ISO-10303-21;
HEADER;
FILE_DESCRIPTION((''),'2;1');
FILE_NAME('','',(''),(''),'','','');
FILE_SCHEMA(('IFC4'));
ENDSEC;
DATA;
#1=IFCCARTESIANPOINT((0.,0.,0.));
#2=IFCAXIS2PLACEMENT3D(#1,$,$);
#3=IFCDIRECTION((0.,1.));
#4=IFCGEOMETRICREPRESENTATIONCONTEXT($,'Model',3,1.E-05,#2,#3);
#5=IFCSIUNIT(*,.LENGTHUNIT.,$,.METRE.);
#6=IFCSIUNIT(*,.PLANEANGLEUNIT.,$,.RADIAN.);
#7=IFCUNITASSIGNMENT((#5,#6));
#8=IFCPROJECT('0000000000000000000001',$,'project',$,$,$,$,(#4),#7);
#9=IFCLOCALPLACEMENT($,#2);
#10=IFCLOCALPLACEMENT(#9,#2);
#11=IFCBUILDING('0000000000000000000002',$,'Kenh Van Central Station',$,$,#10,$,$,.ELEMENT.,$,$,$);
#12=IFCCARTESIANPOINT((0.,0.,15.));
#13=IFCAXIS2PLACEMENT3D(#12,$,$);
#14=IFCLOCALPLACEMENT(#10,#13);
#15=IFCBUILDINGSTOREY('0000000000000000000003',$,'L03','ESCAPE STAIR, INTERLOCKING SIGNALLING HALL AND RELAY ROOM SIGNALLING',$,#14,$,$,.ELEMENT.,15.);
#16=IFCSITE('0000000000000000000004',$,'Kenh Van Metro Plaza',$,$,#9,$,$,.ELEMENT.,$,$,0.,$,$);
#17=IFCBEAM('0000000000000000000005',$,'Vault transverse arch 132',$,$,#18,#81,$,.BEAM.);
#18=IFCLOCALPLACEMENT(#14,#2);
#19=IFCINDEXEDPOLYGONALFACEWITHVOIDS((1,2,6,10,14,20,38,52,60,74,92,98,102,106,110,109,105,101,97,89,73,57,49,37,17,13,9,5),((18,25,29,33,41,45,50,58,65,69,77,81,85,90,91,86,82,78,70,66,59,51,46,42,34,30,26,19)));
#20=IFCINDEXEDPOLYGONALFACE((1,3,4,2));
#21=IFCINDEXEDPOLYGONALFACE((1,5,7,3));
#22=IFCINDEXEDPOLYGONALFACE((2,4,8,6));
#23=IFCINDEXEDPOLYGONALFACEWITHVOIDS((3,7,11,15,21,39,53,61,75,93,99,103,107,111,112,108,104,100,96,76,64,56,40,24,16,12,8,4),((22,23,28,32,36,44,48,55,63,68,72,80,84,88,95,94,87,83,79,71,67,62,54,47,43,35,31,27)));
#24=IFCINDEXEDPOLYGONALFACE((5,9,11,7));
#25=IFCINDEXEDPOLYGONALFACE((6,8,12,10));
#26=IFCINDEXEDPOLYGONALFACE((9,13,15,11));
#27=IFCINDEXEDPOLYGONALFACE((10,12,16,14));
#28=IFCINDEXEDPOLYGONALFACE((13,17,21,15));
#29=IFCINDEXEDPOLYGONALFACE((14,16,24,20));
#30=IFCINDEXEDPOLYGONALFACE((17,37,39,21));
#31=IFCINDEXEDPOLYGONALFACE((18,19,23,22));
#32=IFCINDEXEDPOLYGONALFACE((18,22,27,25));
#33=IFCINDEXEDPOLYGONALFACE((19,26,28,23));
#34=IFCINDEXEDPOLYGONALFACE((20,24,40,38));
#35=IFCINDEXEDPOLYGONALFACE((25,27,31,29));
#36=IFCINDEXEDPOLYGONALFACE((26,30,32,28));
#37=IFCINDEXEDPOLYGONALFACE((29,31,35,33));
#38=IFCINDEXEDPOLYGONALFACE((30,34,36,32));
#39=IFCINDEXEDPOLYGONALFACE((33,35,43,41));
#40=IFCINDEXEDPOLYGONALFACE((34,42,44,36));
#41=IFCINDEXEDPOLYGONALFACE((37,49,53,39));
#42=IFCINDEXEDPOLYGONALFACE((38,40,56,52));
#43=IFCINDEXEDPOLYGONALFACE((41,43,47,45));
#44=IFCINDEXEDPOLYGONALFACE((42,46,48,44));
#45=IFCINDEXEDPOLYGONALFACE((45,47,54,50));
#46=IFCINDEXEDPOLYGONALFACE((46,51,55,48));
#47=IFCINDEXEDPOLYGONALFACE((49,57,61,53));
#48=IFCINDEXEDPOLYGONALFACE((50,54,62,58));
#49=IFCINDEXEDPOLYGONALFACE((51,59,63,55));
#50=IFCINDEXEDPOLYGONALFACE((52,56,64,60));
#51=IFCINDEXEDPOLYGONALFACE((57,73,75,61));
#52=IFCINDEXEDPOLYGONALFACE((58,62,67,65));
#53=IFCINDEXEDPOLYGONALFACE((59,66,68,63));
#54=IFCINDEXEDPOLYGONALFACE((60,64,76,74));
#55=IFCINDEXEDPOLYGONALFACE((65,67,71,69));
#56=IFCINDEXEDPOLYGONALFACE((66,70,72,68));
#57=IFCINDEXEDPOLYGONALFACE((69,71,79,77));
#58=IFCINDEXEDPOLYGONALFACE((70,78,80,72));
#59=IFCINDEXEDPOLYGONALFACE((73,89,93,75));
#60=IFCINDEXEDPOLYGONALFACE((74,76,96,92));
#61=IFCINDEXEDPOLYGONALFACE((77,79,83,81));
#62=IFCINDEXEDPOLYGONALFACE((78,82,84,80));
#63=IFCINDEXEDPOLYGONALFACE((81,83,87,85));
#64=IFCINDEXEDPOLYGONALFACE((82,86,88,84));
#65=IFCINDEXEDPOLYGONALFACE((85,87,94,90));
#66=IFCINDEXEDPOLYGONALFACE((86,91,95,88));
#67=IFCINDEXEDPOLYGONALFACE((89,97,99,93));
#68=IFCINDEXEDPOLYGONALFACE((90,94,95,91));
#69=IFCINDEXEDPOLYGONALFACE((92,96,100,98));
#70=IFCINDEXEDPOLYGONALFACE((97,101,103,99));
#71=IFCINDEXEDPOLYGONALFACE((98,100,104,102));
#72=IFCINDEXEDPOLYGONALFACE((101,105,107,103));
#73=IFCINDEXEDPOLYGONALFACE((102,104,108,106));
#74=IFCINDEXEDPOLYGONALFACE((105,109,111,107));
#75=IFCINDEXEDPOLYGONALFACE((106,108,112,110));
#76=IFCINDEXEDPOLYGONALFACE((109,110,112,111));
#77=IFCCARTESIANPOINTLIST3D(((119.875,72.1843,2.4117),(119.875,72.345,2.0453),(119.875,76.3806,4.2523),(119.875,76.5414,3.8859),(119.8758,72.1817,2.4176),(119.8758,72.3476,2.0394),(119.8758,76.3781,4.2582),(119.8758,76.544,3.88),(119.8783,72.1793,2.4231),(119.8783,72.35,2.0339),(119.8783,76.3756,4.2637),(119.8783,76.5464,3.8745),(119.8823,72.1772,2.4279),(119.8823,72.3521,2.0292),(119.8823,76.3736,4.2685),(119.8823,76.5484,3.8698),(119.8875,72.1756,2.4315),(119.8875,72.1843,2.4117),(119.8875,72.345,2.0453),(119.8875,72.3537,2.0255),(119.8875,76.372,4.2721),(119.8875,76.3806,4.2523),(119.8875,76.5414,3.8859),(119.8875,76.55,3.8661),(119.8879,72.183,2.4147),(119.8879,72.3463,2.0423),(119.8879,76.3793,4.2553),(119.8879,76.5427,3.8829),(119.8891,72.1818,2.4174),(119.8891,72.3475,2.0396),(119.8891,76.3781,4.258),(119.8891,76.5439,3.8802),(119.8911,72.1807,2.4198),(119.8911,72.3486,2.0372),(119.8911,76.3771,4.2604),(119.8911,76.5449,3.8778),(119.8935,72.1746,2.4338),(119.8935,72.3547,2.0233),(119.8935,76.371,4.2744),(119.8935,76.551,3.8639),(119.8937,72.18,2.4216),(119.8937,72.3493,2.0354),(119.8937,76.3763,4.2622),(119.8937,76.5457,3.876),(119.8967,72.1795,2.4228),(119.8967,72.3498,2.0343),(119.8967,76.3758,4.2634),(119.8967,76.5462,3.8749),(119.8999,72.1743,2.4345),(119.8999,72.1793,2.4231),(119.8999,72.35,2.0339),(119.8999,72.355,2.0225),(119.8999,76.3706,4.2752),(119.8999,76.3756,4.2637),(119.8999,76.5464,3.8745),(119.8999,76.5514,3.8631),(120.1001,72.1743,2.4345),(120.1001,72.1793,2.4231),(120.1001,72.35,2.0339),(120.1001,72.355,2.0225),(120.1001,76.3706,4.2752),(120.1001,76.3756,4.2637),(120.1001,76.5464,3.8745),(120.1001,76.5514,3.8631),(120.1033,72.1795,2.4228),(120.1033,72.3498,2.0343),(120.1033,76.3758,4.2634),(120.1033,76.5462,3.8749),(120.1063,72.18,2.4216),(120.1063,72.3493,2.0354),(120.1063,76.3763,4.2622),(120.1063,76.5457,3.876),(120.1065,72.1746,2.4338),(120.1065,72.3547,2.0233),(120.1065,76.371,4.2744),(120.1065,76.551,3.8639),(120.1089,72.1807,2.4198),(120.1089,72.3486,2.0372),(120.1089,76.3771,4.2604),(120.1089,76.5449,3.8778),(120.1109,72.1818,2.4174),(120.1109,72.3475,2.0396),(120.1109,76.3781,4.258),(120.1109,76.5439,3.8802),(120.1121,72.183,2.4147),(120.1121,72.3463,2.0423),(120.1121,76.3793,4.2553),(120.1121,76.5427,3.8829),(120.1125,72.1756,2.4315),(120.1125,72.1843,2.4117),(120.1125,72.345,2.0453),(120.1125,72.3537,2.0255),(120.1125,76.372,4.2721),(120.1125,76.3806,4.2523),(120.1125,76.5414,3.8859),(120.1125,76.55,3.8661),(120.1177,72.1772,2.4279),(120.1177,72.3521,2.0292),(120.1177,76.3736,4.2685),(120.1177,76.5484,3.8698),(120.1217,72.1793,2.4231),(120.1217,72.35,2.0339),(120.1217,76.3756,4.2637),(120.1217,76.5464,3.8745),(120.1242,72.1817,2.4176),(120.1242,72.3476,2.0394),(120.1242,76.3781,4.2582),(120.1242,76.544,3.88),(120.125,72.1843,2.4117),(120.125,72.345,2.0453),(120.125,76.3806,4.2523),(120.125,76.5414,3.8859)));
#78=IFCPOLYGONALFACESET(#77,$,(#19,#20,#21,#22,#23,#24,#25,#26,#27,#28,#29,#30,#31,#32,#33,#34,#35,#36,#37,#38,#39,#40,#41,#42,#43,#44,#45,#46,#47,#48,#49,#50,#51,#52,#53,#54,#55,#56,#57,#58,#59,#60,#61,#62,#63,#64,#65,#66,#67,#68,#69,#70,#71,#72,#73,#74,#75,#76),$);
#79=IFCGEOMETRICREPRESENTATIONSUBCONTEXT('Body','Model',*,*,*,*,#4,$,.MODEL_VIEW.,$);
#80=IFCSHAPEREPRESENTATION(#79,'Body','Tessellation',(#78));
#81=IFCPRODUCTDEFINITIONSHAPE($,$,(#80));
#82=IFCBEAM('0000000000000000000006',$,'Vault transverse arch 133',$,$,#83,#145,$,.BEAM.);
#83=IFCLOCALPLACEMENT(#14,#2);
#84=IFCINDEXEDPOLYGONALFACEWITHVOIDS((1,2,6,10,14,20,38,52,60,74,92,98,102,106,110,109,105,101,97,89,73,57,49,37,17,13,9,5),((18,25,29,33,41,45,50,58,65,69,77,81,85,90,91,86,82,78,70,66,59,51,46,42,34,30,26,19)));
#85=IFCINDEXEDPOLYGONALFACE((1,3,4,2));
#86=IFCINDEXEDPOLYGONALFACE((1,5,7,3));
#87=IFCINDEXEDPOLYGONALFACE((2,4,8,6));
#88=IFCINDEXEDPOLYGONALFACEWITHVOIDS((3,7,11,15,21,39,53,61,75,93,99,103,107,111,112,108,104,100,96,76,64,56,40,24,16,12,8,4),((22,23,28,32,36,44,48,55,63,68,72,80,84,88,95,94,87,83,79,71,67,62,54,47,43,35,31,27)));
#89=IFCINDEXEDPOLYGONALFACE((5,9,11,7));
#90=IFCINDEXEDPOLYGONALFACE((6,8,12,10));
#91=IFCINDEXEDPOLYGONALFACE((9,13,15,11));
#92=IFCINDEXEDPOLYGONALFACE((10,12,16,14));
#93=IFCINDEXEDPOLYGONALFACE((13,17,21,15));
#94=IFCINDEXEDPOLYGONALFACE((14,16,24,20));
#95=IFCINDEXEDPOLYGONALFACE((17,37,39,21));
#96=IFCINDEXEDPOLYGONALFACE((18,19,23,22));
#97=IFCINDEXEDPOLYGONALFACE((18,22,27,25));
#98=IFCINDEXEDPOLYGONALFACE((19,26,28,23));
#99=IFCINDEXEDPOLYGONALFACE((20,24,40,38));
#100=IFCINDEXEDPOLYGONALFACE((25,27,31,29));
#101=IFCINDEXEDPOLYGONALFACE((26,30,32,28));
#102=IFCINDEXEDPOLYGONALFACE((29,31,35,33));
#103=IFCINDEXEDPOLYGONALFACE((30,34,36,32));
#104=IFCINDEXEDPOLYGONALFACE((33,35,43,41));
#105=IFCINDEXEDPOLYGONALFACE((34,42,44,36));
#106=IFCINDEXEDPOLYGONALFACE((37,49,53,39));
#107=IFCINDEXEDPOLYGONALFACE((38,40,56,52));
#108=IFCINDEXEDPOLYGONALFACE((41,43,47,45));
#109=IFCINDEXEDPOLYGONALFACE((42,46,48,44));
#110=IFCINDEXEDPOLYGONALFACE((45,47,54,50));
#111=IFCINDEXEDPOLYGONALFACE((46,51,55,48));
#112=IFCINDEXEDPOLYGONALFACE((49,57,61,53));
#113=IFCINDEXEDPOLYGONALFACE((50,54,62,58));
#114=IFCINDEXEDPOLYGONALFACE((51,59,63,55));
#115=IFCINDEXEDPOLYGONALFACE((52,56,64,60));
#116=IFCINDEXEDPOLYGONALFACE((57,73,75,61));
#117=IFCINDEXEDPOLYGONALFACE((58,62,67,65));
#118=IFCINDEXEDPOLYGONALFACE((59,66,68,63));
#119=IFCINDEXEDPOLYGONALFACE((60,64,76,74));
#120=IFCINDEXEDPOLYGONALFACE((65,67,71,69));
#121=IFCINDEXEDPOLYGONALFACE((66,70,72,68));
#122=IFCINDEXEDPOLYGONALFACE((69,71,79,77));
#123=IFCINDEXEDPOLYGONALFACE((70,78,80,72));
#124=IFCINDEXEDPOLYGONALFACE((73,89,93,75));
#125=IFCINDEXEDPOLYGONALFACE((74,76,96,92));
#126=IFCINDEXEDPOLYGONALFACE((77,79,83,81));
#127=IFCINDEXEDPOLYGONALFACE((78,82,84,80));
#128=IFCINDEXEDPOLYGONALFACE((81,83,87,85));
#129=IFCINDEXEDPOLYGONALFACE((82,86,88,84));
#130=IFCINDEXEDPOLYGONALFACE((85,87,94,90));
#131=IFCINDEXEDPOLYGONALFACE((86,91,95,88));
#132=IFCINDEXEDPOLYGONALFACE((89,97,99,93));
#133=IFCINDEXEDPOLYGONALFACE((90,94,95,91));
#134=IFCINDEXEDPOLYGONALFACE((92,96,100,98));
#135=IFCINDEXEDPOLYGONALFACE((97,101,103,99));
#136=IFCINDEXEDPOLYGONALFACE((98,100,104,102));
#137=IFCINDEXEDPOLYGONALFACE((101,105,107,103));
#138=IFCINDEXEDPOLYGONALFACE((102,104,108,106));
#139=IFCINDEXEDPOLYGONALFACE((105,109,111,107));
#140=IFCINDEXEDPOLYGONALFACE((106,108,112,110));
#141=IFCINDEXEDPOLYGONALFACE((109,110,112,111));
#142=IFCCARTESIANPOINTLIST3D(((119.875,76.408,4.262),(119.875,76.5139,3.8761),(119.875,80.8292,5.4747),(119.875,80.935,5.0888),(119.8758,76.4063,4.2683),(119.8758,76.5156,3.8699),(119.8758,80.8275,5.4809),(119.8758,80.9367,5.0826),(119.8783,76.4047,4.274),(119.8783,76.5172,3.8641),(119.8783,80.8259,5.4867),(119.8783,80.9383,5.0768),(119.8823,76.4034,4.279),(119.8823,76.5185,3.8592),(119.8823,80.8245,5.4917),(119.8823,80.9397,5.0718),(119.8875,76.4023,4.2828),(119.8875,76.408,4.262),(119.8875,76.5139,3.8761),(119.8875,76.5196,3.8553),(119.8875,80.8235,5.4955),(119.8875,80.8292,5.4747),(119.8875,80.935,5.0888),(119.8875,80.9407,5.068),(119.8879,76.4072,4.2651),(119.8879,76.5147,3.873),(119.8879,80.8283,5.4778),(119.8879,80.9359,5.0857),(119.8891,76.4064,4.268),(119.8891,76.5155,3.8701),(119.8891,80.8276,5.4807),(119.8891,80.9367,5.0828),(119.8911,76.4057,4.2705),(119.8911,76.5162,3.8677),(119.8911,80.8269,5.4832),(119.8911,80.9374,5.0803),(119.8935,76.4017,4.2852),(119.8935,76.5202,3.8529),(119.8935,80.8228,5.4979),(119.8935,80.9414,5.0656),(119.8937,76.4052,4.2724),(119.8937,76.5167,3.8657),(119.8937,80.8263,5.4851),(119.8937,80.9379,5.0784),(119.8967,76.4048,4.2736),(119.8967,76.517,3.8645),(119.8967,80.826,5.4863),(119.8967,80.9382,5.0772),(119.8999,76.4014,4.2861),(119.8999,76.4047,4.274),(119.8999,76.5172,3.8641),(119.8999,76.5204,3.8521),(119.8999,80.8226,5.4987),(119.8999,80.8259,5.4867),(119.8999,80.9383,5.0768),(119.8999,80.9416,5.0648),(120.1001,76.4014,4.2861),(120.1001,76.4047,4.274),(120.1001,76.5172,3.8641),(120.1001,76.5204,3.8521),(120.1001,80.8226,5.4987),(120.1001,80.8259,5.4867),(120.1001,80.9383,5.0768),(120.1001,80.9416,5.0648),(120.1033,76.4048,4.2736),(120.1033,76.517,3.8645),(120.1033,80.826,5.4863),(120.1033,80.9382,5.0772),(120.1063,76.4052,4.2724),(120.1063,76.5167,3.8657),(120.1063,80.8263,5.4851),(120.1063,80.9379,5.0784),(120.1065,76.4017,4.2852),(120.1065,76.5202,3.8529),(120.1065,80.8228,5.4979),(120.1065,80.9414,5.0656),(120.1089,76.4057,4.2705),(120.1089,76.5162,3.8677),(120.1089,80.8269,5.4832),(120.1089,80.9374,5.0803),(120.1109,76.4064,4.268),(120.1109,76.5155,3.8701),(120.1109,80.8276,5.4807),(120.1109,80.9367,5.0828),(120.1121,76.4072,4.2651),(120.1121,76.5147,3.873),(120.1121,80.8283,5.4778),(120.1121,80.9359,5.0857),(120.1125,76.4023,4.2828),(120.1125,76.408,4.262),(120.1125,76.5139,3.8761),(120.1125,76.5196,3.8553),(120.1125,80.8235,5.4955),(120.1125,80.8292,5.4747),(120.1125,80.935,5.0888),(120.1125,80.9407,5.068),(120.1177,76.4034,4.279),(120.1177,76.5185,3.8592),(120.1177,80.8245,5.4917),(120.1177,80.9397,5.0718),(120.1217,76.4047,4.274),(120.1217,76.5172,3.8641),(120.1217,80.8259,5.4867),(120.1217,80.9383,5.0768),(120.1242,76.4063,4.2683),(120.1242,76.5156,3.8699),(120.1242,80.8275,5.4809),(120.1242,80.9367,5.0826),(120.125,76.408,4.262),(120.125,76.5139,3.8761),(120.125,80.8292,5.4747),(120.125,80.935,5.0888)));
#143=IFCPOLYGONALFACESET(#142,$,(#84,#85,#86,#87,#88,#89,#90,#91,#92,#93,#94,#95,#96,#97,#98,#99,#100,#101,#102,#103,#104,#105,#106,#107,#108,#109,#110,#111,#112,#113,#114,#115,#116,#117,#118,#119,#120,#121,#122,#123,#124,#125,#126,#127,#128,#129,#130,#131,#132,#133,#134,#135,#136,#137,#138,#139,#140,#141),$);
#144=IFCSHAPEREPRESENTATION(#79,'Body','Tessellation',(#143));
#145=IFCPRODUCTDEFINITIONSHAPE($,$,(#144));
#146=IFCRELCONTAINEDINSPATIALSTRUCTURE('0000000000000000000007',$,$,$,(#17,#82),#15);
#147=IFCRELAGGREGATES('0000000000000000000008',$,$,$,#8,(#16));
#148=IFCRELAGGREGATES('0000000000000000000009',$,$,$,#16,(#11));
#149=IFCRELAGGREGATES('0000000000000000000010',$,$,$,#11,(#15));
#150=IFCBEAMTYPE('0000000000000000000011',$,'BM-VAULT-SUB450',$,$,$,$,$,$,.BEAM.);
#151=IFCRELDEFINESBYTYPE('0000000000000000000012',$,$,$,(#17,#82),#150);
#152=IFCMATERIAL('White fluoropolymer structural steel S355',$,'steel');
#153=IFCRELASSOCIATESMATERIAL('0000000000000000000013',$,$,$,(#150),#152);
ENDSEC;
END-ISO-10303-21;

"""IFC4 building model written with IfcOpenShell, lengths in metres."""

from ifc_helpers import new_model, si_unit, direction, frame, origin, origin_2d, place, context, subcontext, project, spatial, hollow_rectangle, extrude, material, material_profile, profile_set, type_object, element, save


model = new_model("IFC4")

# Units and contexts
model_context = context("Model", 3, precision=1e-05, world=origin(), true_north=direction((0.0, 1.0)))
body_context = subcontext(model_context, "Body", "Model", "MODEL_VIEW")
ifc_project = project(units=[si_unit("LENGTHUNIT", "METRE"), si_unit("PLANEANGLEUNIT", "RADIAN")], contexts=[model_context])

# Site, building, storey
site_placement = place(None, origin())
site = spatial("IfcSite", under=ifc_project, at=site_placement, Name="Kenh Van Metro Plaza", CompositionType="ELEMENT", RefElevation=0.0)
building_placement = place(site_placement, origin())
building = spatial("IfcBuilding", under=site, at=building_placement, Name="Kenh Van Central Station", CompositionType="ELEMENT")
storey_placement = place(building_placement, frame((0.0, 0.0, 15.0)))
storey = spatial("IfcBuildingStorey", under=building, at=storey_placement, Name="L03", Description="ESCAPE STAIR, INTERLOCKING SIGNALLING HALL AND RELAY ROOM SIGNALLING", CompositionType="ELEMENT", Elevation=15.0)

# Beams
ifc_material_1 = material(Name="White fluoropolymer structural steel S355", Category="steel")
ifc_material_profile_1 = material_profile(ifc_material_1, hollow_rectangle(XDim=0.25, YDim=0.45, WallThickness=0.0125, InnerFilletRadius=0.0125, OuterFilletRadius=0.0249, at=origin_2d()), Name="RHS 450x250x12.5")
ifc_profile_set_1 = profile_set([ifc_material_profile_1], Name="White fluoropolymer structural steel S355")
beam_type_1 = type_object("IfcBeamType", Name="BM-VAULT-SUB450", PredefinedType="BEAM", material=ifc_profile_set_1)
beam_1_placement = place(storey_placement, frame((120.0, 72.2646, 2.2285), z_axis=(0.0, 0.91578, 0.40168), x_axis=(-1.0, 0.0, 0.0)))
element("IfcBeam", 1, at=beam_1_placement, inside=storey, type_object=beam_type_1, Name="Vault transverse arch 132", PredefinedType="BEAM", context=body_context, shape_type="SweptSolid", body=[
    extrude(hollow_rectangle(XDim=0.25, YDim=0.45, WallThickness=0.0125, InnerFilletRadius=0.0125, OuterFilletRadius=0.0249, at=origin_2d()), origin(), (0.0, 0.0, 1.0), 4.5823),
])
beam_2_placement = place(storey_placement, frame((120.0, 76.4609, 4.0691), z_axis=(0.0, 0.964382, 0.264514), x_axis=(-1.0, 0.0, 0.0)))
element("IfcBeam", 2, at=beam_2_placement, inside=storey, type_object=beam_type_1, Name="Vault transverse arch 133", PredefinedType="BEAM", context=body_context, shape_type="SweptSolid", body=[
    extrude(hollow_rectangle(XDim=0.25, YDim=0.45, WallThickness=0.0125, InnerFilletRadius=0.0125, OuterFilletRadius=0.0249, at=origin_2d()), origin(), (0.0, 0.0, 1.0), 4.5845),
])

save(model, "model.ifc")
